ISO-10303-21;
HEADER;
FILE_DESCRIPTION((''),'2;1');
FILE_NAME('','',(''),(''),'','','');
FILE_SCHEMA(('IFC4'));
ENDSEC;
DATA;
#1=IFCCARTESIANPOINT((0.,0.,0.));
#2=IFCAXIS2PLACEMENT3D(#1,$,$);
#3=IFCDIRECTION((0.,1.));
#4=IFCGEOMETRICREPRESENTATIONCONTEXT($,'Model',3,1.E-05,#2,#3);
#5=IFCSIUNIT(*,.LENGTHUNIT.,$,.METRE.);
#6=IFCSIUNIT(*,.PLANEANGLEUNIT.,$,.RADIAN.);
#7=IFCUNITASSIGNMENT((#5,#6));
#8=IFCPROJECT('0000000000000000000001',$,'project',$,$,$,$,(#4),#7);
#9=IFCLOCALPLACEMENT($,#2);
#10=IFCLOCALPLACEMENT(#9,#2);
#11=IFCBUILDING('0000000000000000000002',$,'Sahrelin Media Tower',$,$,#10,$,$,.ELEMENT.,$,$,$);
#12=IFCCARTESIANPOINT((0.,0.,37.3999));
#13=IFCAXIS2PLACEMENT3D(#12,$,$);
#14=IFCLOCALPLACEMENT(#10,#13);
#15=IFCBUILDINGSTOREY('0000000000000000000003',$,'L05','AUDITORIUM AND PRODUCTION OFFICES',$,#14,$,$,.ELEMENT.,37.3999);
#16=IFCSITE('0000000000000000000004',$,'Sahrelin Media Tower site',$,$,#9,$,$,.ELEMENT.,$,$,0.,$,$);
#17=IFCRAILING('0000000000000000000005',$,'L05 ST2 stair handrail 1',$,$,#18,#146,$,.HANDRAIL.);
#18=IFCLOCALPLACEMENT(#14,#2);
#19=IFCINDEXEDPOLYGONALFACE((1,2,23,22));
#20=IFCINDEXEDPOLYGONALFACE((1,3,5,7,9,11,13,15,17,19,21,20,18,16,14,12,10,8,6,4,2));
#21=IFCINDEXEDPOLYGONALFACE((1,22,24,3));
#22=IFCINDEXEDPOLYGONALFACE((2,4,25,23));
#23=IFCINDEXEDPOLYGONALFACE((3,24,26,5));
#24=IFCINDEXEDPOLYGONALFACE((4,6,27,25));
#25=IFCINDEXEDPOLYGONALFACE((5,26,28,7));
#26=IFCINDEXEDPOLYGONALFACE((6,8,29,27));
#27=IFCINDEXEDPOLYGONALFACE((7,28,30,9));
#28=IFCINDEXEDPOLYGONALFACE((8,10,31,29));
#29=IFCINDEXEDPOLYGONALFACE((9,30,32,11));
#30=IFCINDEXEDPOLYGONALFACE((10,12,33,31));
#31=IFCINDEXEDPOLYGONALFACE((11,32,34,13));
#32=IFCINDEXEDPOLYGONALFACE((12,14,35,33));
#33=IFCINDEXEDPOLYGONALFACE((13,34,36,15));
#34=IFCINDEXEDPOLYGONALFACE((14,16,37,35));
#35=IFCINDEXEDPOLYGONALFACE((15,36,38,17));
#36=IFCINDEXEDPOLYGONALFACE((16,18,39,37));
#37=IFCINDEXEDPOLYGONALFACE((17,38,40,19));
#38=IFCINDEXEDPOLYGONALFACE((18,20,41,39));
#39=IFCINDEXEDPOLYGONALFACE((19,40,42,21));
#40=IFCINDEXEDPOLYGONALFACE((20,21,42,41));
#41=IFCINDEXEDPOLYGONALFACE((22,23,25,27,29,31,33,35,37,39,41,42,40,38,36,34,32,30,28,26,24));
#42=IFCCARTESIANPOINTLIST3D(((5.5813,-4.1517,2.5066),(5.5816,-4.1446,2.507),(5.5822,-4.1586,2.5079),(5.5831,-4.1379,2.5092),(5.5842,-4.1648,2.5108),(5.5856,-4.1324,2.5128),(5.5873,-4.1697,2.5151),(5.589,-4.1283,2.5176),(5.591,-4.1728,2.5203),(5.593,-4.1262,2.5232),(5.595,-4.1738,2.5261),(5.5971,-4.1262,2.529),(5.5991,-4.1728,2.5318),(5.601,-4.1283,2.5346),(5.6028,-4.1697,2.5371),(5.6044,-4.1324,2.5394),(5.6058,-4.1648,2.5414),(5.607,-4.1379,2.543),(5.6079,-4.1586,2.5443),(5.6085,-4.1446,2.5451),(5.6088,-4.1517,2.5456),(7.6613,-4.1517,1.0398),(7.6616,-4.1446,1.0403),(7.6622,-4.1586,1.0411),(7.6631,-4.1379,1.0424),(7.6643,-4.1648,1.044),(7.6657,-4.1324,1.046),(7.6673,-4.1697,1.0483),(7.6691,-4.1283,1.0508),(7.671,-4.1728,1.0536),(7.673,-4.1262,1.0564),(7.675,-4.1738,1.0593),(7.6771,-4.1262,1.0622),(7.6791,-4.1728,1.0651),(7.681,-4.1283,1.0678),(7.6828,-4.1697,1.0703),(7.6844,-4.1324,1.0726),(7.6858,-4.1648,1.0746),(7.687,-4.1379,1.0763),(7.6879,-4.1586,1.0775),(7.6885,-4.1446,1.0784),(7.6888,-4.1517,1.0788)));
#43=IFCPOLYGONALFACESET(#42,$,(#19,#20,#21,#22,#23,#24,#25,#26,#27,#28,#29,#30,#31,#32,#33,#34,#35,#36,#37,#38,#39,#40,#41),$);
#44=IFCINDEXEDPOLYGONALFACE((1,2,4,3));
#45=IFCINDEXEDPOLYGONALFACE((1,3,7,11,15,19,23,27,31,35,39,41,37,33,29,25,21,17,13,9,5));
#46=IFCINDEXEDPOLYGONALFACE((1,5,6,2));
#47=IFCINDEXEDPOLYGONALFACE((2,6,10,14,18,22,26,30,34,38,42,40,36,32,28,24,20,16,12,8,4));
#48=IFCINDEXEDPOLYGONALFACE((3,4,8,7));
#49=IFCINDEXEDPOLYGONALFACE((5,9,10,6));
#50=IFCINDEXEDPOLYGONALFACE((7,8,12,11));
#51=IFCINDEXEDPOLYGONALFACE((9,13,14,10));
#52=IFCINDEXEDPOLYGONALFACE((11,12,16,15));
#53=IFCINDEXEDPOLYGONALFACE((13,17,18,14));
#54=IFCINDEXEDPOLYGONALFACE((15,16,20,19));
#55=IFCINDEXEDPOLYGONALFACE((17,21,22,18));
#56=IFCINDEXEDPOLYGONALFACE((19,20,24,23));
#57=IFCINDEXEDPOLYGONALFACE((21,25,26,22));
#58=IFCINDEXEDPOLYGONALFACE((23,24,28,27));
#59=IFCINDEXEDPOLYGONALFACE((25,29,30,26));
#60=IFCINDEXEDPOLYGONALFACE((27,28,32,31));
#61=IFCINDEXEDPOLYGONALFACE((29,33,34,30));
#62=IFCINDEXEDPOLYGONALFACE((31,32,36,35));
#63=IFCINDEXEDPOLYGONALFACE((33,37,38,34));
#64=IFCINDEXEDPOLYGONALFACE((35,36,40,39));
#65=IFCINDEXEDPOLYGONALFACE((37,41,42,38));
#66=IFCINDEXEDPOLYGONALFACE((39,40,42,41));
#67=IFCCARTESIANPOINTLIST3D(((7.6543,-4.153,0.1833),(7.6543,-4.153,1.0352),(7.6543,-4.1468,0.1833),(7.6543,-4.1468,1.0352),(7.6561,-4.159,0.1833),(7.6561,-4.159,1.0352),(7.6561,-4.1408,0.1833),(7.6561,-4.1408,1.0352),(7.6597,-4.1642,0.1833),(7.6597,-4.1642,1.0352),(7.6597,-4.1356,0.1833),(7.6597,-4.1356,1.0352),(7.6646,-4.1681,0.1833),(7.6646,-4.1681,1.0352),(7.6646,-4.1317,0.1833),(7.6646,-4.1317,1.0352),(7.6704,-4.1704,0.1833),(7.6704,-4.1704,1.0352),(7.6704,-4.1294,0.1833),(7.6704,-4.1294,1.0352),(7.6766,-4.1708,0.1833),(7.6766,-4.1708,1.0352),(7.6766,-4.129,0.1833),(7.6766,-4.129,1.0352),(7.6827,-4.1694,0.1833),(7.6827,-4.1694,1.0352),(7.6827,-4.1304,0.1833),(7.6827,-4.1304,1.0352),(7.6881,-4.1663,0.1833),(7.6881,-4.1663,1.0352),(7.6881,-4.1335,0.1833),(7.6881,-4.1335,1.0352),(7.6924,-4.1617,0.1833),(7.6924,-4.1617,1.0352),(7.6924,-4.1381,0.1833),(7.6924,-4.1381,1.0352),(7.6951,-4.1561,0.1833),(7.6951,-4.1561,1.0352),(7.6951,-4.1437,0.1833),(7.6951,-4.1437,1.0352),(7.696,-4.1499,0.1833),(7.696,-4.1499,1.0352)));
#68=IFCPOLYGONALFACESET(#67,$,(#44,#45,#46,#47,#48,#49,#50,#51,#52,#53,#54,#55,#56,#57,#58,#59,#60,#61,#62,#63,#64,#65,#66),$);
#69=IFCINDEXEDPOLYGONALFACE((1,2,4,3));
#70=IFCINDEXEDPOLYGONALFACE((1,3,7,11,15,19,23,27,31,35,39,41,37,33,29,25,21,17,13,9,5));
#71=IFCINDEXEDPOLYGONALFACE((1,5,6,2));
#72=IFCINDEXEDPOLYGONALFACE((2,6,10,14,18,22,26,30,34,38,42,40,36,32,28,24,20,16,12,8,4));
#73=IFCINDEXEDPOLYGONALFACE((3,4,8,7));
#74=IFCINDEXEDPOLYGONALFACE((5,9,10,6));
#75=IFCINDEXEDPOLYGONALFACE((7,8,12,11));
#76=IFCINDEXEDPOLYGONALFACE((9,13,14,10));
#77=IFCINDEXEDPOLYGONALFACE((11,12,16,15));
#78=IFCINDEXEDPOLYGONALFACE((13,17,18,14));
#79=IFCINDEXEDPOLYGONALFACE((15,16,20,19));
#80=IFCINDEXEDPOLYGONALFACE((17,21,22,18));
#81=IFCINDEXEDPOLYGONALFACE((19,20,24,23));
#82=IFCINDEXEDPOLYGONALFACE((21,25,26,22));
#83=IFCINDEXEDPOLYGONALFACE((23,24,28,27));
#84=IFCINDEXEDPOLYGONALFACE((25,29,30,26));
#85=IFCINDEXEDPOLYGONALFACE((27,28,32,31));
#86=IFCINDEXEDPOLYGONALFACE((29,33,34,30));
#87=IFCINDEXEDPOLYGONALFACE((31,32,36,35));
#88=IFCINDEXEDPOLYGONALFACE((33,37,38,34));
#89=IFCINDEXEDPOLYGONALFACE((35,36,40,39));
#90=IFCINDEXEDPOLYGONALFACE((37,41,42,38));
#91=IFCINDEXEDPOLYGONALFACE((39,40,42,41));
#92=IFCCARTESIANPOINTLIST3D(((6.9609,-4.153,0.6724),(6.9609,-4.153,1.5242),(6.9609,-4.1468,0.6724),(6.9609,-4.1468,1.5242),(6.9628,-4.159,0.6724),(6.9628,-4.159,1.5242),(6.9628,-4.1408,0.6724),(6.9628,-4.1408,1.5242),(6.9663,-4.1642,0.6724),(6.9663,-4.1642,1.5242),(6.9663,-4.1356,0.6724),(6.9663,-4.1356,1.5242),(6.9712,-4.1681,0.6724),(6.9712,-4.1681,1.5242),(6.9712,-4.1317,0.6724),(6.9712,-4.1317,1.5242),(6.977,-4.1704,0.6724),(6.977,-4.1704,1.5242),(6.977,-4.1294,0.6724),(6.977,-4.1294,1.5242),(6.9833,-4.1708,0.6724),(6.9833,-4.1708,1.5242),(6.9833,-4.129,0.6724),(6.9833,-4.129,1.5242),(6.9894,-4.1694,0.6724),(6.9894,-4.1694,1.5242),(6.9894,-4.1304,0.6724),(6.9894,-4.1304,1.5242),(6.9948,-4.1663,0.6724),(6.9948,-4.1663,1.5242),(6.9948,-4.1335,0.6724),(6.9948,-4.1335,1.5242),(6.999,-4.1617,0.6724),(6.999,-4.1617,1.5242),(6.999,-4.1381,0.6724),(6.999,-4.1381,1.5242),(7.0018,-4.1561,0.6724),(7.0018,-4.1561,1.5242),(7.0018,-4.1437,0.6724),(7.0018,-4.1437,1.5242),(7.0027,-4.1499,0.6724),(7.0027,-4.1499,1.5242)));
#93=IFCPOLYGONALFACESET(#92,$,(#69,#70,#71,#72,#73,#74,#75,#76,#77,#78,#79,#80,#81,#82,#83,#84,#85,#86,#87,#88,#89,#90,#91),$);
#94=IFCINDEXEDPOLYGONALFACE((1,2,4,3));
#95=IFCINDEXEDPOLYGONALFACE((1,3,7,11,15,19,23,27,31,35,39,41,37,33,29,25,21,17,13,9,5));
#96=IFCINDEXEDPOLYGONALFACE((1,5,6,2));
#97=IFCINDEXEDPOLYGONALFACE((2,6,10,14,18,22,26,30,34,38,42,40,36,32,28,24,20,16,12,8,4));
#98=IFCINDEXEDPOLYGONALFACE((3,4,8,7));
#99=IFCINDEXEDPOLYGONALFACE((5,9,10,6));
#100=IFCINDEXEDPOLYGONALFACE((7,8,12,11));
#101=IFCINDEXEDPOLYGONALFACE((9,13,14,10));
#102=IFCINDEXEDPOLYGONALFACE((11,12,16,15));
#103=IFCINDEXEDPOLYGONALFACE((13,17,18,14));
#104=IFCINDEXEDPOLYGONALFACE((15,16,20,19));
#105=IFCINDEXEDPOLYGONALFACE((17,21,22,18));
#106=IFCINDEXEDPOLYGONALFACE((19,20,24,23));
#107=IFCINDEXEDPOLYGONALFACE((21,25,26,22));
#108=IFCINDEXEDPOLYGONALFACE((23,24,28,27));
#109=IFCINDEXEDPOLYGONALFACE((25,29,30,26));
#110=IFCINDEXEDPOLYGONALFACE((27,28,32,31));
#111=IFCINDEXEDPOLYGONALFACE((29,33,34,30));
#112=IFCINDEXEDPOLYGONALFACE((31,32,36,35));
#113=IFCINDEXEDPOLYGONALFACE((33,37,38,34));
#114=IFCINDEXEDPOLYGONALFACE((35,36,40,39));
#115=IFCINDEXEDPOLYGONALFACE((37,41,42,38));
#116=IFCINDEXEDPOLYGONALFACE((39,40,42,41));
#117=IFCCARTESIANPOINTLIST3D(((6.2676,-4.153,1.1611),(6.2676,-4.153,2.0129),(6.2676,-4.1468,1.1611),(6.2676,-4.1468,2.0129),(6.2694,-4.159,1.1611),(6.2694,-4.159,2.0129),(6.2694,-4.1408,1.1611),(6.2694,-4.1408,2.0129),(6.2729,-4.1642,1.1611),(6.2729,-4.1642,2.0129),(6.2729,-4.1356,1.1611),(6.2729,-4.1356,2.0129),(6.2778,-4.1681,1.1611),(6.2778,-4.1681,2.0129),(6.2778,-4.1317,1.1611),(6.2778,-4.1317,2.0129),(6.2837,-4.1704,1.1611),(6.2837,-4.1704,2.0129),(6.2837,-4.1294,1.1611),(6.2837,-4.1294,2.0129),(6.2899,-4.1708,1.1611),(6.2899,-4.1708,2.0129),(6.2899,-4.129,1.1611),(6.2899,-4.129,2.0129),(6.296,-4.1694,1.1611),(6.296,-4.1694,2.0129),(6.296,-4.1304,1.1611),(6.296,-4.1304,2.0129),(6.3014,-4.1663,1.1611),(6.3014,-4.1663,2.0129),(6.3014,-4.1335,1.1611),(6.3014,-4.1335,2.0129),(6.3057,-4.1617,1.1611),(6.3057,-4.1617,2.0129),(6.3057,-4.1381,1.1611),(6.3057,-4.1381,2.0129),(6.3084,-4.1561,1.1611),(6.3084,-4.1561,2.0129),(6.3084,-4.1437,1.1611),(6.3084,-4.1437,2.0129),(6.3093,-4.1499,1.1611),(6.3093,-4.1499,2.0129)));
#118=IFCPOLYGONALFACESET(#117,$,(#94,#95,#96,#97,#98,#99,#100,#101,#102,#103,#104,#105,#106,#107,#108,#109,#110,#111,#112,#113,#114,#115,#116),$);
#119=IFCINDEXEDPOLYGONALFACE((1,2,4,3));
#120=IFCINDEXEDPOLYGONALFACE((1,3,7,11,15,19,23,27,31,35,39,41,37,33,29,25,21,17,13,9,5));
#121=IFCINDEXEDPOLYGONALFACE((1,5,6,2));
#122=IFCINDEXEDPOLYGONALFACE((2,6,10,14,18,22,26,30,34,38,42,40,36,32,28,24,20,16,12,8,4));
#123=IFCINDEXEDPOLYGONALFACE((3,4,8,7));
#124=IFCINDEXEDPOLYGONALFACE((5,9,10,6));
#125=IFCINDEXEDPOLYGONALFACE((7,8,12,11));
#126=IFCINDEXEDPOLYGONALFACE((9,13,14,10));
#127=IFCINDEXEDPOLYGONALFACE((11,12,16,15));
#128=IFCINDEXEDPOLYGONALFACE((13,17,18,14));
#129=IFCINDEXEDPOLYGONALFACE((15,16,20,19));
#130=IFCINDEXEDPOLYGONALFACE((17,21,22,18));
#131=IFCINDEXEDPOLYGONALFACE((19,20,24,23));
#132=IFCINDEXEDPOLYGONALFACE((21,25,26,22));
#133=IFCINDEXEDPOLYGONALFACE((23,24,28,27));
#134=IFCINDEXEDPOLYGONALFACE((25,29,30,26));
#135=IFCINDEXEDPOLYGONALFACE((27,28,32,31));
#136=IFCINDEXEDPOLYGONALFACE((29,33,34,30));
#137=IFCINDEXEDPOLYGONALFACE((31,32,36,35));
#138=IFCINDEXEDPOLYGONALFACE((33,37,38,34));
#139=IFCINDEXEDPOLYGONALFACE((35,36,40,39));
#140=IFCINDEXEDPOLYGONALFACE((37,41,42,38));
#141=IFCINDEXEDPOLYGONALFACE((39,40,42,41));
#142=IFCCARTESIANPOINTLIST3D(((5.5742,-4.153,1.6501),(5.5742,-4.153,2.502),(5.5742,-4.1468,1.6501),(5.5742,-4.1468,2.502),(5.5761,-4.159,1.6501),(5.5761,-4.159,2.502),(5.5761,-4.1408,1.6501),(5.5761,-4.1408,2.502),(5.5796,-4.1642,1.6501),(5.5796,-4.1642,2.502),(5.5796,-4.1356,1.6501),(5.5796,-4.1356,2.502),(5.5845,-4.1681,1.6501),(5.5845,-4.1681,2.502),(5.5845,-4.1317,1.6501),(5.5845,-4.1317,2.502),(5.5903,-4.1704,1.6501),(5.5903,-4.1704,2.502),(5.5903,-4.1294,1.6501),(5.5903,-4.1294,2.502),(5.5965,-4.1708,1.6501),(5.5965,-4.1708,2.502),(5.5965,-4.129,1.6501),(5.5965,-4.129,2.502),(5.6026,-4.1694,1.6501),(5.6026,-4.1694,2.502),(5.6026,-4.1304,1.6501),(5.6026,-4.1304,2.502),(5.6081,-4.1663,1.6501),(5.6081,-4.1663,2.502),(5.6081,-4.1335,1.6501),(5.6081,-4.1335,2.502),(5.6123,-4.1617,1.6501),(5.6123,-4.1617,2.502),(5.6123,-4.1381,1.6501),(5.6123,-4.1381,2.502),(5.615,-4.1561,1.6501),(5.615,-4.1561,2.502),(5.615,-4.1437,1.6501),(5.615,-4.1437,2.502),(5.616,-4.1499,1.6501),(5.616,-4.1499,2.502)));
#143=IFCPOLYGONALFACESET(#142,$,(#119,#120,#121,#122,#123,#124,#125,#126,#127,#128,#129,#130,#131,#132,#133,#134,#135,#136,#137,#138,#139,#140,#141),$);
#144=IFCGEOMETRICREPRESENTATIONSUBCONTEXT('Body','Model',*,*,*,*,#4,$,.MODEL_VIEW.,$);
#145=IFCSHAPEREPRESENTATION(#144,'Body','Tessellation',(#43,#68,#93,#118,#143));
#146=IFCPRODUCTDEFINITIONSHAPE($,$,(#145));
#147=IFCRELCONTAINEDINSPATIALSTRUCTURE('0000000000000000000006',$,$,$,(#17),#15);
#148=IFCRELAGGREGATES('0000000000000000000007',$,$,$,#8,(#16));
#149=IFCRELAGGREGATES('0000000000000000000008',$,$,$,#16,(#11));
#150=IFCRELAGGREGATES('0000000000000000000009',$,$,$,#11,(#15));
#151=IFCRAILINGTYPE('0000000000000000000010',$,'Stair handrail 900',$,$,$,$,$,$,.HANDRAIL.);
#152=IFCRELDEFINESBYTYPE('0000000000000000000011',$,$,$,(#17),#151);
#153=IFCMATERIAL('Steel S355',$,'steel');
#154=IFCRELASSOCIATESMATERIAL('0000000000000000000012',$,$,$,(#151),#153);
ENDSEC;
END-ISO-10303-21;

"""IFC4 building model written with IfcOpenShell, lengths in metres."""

from ifc_helpers import new_model, si_unit, direction, frame, origin, origin_2d, place, context, subcontext, project, spatial, circle, extrude, material, type_object, element, save


model = new_model("IFC4")

# Units and contexts
model_context = context("Model", 3, precision=1e-05, world=origin(), true_north=direction((0.0, 1.0)))
body_context = subcontext(model_context, "Body", "Model", "MODEL_VIEW")
ifc_project = project(units=[si_unit("LENGTHUNIT", "METRE"), si_unit("PLANEANGLEUNIT", "RADIAN")], contexts=[model_context])

# Site, building, storey
site_placement = place(None, origin())
site = spatial("IfcSite", under=ifc_project, at=site_placement, Name="Sahrelin Media Tower site", CompositionType="ELEMENT", RefElevation=0.0)
building_placement = place(site_placement, origin())
building = spatial("IfcBuilding", under=site, at=building_placement, Name="Sahrelin Media Tower", CompositionType="ELEMENT")
storey_placement = place(building_placement, frame((0.0, 0.0, 37.3999)))
storey = spatial("IfcBuildingStorey", under=building, at=storey_placement, Name="L05", Description="AUDITORIUM AND PRODUCTION OFFICES", CompositionType="ELEMENT", Elevation=37.3999)

# Shared definitions
ifc_material_1 = material(Name="Steel S355", Category="steel")

# Railing
railing_type_1 = type_object("IfcRailingType", Name="Stair handrail 900", PredefinedType="HANDRAIL", material=ifc_material_1)
for number, where, name in (
    (1, (7.675, -4.1499, 0.1833), "L05 ST2 stair handrail 1"),
):
    element("IfcRailing", number, at=place(storey_placement, frame(where)), inside=storey, type_object=railing_type_1, Name=name, PredefinedType="HANDRAIL", context=body_context, shape_type="SweptSolid", body=[
        extrude(circle(Radius=0.0239, at=origin_2d()), frame((0.0, 0.0, 0.876), z_axis=(-0.817244, 0.0, 0.576291), x_axis=(0.0, -1.0, 0.0)), (0.0, 0.0, 1.0), 2.5452),
        extrude(circle(Radius=0.021, at=origin_2d()), origin(), (0.0, 0.0, 1.0), 0.8518),
        extrude(circle(Radius=0.021, at=origin_2d()), frame((-0.6934, 0.0, 0.489)), (0.0, 0.0, 1.0), 0.8518),
        extrude(circle(Radius=0.021, at=origin_2d()), frame((-1.3867, 0.0, 0.9778)), (0.0, 0.0, 1.0), 0.8518),
        extrude(circle(Radius=0.021, at=origin_2d()), frame((-2.0801, 0.0, 1.4668)), (0.0, 0.0, 1.0), 0.8518),
    ])

save(model, "model.ifc")
